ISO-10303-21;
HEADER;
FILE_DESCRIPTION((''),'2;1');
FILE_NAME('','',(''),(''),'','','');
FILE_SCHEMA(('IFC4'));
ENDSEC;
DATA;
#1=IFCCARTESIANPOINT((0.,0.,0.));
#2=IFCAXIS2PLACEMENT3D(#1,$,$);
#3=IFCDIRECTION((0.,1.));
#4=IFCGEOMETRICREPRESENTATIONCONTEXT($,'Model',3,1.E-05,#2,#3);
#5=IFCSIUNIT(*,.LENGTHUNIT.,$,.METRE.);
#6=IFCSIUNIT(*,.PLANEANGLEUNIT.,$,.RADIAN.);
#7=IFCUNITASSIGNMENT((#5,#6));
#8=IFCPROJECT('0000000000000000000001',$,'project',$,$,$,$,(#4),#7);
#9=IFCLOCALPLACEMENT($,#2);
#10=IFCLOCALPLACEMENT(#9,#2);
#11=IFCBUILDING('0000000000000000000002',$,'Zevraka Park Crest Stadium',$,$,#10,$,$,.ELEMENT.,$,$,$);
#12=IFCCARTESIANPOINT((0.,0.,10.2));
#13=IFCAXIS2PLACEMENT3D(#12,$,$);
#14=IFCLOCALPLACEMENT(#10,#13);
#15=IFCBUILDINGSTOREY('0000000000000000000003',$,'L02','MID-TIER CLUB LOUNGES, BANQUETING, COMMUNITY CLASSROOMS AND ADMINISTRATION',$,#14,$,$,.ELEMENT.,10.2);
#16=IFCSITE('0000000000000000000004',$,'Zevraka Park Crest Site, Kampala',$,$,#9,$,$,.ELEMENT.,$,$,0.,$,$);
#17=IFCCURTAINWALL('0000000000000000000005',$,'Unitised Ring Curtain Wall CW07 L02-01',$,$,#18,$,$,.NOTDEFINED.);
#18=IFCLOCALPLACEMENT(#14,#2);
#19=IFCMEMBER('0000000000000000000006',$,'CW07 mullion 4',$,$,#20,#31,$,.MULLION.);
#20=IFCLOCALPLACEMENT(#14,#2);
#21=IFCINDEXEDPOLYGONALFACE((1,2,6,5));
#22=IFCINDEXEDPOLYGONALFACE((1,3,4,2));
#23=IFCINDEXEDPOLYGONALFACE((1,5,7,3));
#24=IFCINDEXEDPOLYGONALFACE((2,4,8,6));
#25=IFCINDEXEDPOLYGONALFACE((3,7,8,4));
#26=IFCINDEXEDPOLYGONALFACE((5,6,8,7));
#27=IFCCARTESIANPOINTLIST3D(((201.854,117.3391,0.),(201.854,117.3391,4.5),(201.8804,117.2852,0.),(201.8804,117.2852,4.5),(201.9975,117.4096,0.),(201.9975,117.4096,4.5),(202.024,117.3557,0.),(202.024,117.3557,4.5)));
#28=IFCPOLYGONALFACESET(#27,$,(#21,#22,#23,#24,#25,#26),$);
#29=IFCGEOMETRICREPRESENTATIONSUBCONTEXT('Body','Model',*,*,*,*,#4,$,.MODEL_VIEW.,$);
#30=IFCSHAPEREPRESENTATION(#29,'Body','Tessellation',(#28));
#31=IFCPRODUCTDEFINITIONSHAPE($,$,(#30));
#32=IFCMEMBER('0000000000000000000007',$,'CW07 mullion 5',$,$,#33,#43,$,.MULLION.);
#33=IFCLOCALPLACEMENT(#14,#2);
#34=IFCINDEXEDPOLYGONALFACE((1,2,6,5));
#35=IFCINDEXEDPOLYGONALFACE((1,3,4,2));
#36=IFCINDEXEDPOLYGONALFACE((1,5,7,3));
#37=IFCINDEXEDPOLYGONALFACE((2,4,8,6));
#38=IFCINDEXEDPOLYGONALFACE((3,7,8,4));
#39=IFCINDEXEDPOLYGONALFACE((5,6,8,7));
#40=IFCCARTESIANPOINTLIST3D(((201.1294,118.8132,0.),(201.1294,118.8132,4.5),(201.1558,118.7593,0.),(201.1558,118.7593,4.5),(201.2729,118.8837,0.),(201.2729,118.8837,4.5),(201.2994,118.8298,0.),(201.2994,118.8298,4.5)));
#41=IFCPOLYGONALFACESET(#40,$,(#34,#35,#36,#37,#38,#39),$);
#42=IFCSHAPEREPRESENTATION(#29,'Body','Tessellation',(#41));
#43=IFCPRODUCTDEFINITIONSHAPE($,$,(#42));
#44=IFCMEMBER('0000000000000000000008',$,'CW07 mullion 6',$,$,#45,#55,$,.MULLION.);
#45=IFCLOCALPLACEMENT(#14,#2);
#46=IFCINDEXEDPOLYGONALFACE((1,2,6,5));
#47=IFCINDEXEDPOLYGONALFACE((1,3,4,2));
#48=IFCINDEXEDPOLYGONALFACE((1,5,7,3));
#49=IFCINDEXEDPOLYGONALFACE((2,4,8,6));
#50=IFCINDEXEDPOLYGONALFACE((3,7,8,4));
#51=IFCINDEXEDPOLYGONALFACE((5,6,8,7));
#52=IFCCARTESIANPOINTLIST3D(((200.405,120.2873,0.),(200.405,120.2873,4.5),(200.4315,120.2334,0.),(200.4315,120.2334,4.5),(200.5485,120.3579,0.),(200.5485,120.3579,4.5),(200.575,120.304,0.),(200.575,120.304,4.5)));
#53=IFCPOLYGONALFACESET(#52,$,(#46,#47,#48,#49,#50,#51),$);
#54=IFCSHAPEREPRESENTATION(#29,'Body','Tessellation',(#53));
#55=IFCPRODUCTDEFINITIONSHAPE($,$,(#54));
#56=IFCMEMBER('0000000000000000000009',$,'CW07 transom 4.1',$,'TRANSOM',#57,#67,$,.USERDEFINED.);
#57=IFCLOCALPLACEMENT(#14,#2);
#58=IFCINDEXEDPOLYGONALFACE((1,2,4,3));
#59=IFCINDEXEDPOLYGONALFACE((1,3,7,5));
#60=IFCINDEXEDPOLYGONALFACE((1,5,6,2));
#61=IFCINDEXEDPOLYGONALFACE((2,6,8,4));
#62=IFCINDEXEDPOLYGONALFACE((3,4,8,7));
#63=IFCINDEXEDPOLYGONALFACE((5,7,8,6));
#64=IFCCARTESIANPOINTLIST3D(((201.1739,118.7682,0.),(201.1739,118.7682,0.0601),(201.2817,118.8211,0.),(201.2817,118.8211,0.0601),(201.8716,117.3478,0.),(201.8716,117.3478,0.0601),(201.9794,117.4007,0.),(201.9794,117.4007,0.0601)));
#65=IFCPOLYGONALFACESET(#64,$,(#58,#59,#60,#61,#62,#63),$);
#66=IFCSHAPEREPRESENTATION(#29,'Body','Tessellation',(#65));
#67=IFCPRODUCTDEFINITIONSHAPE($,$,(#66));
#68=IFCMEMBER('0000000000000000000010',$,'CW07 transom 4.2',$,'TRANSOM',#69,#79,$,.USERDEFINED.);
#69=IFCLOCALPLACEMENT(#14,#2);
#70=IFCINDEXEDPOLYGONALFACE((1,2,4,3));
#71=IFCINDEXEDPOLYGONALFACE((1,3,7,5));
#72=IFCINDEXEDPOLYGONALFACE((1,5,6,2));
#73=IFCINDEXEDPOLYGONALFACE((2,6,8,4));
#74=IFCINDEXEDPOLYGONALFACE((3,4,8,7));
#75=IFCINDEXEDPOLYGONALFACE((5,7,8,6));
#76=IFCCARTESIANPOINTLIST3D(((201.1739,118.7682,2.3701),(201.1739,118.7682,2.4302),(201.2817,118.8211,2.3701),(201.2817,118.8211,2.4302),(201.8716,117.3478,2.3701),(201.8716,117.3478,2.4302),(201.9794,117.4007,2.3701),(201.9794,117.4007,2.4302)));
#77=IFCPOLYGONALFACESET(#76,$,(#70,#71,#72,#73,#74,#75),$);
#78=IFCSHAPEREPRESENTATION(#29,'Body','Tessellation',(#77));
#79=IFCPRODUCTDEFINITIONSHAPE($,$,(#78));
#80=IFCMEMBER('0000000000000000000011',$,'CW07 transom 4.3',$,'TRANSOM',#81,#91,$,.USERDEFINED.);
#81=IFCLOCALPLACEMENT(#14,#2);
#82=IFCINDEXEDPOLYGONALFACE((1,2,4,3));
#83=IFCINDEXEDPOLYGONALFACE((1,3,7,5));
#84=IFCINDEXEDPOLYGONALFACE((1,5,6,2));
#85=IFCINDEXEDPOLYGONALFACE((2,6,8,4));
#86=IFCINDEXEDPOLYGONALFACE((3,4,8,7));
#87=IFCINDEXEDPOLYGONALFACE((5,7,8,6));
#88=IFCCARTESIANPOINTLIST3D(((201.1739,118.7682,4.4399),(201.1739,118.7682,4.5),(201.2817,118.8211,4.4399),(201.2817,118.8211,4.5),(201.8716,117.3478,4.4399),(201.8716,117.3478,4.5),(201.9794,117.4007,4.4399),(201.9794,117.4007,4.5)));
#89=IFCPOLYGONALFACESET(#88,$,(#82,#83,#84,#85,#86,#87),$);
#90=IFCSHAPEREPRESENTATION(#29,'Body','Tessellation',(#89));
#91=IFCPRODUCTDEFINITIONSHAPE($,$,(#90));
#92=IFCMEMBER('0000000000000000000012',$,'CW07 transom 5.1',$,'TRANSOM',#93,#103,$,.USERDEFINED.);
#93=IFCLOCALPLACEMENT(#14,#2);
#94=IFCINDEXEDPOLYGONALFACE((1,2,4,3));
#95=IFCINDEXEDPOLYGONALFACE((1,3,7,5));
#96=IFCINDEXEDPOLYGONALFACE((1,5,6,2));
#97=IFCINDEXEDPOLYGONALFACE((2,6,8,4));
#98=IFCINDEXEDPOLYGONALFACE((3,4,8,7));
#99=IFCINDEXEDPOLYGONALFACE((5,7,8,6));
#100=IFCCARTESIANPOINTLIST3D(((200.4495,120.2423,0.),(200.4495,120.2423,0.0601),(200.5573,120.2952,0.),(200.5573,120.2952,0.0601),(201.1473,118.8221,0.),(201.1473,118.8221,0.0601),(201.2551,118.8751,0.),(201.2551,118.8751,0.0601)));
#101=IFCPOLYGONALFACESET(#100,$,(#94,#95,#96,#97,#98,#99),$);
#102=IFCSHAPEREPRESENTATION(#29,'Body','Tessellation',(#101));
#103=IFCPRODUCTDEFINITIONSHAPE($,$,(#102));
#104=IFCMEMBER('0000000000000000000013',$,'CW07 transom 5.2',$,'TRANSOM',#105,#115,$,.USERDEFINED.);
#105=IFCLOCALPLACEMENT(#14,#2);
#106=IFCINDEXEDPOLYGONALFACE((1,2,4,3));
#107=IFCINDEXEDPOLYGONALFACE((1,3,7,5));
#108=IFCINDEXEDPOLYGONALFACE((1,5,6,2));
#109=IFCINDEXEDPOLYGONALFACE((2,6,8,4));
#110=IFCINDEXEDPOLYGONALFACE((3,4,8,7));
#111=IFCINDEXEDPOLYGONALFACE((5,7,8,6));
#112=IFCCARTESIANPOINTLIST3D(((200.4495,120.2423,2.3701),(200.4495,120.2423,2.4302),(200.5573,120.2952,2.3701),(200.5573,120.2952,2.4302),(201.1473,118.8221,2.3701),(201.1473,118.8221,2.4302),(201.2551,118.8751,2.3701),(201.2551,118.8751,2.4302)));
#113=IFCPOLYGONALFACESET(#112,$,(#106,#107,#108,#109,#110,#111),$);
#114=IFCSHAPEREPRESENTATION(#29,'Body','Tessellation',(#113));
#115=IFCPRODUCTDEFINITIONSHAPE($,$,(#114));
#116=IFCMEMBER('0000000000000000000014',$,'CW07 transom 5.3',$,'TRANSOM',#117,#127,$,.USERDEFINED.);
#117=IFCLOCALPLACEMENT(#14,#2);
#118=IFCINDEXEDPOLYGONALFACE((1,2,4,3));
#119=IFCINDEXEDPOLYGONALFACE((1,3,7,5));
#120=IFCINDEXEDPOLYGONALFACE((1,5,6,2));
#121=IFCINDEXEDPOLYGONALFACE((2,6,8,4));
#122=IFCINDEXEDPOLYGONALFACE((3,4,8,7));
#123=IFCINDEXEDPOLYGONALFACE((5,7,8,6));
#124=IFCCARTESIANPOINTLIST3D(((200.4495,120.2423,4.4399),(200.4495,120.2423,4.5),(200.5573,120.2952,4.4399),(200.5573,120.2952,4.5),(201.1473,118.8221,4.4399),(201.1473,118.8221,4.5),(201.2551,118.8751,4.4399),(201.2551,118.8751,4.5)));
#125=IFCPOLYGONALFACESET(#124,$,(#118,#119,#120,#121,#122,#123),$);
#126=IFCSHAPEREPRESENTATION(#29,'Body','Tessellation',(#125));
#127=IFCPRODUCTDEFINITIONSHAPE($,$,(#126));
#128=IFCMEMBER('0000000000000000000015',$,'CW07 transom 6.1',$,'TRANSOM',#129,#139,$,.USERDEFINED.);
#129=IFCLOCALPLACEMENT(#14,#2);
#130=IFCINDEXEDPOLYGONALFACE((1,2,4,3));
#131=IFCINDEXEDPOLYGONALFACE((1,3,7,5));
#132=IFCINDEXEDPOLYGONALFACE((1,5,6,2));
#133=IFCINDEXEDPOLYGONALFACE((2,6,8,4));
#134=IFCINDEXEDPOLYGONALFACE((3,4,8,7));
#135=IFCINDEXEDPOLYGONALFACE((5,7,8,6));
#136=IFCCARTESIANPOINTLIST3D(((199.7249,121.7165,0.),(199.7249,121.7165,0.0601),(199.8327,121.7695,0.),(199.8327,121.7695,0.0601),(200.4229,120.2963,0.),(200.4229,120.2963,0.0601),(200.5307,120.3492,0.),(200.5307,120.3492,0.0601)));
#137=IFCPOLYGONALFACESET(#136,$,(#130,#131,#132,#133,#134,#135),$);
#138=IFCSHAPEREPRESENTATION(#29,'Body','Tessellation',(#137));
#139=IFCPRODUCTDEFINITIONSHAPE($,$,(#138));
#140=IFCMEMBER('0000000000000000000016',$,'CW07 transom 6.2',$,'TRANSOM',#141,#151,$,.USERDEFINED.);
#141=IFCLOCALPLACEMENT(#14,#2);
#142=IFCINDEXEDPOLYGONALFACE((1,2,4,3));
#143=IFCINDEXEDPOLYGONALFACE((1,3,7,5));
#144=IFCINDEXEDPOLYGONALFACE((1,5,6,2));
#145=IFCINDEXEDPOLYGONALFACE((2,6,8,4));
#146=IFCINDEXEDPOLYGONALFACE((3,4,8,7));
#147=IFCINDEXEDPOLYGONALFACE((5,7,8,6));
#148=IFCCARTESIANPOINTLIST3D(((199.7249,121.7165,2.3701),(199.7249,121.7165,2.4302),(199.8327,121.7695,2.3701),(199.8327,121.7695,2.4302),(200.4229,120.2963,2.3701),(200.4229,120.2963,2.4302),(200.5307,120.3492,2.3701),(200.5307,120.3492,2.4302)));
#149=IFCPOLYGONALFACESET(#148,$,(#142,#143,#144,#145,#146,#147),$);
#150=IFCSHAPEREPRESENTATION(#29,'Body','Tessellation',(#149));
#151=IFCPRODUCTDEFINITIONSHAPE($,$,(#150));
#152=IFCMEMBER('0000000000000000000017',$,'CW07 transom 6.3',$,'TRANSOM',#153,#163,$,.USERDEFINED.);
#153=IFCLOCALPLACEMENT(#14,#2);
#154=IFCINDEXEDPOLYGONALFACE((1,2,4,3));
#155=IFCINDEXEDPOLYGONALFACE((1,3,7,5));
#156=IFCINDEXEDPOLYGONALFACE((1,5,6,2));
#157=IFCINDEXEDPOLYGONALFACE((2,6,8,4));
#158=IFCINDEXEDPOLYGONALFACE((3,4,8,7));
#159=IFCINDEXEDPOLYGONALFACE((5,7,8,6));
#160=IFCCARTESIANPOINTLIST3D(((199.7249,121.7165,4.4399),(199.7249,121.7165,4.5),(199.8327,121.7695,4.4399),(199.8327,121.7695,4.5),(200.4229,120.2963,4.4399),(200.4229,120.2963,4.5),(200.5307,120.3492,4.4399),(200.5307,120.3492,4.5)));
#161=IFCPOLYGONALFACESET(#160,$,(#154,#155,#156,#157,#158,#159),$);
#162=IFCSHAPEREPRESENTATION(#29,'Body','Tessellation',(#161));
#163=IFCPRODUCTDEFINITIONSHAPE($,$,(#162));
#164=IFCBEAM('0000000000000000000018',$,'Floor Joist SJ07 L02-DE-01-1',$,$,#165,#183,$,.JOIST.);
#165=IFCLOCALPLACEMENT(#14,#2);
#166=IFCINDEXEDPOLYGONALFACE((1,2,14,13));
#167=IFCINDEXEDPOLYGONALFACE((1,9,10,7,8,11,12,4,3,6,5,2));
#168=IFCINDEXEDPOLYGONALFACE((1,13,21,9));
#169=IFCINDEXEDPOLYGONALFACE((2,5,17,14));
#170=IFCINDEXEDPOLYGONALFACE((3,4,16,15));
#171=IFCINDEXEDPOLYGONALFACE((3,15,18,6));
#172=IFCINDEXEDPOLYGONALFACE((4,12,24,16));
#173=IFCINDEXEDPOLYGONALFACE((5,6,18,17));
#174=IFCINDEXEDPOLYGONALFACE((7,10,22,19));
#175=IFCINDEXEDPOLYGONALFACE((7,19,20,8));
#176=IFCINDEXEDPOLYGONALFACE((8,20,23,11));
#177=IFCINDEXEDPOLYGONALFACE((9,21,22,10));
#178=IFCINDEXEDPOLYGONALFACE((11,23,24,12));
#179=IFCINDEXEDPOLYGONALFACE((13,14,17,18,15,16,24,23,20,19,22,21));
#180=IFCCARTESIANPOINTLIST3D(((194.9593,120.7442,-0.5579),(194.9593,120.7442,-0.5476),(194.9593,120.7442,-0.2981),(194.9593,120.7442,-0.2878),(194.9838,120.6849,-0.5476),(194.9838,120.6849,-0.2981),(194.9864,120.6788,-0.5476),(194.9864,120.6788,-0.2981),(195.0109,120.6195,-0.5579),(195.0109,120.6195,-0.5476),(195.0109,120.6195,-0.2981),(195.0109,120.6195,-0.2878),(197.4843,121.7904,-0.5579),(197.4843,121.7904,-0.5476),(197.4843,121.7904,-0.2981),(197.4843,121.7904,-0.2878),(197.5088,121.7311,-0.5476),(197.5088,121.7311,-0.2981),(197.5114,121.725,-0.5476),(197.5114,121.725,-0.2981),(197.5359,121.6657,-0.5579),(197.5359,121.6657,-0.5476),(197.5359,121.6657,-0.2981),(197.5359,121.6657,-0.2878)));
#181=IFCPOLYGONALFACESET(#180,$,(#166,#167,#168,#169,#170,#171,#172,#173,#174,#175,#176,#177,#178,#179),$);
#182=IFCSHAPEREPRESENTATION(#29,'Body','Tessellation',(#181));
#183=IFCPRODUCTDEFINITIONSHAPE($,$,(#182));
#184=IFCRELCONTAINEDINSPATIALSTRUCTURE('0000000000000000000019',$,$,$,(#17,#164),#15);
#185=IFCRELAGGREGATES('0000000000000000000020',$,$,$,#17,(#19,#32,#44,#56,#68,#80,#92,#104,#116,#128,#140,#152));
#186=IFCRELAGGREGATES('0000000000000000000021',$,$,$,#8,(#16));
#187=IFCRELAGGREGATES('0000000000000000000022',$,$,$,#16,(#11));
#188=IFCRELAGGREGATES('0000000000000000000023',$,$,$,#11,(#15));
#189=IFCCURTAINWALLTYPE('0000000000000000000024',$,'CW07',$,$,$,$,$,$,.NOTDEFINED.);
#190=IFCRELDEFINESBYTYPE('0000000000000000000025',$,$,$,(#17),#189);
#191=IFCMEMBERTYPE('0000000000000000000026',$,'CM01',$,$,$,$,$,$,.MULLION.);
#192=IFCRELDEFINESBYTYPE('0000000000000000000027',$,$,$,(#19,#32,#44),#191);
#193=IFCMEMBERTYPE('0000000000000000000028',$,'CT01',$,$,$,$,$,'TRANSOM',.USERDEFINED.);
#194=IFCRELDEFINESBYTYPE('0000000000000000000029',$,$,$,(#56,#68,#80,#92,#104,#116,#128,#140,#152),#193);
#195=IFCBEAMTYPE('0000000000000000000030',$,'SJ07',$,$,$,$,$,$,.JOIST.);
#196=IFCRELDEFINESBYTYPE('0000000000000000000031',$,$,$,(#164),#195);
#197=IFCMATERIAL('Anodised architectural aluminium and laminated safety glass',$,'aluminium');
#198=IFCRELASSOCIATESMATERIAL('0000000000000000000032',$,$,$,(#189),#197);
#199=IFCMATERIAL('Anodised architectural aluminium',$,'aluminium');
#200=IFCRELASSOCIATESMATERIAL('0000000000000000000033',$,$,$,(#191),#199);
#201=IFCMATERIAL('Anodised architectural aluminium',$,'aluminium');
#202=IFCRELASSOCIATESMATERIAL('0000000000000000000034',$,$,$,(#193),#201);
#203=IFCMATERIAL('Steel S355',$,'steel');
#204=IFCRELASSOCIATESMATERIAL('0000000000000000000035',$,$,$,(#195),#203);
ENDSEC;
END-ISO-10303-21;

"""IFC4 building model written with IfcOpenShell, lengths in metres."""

from ifc_helpers import new_model, si_unit, direction, frame, origin, origin_2d, place, context, subcontext, project, spatial, rectangle, i_section, extrude, material, material_profile, profile_set, type_object, element, aggregate, save


model = new_model("IFC4")

# Units and contexts
model_context = context("Model", 3, precision=1e-05, world=origin(), true_north=direction((0.0, 1.0)))
body_context = subcontext(model_context, "Body", "Model", "MODEL_VIEW")
ifc_project = project(units=[si_unit("LENGTHUNIT", "METRE"), si_unit("PLANEANGLEUNIT", "RADIAN")], contexts=[model_context])

# Site, building, storey
site_placement = place(None, origin())
site = spatial("IfcSite", under=ifc_project, at=site_placement, Name="Zevraka Park Crest Site, Kampala", CompositionType="ELEMENT", RefElevation=0.0)
building_placement = place(site_placement, origin())
building = spatial("IfcBuilding", under=site, at=building_placement, Name="Zevraka Park Crest Stadium", CompositionType="ELEMENT")
storey_placement = place(building_placement, frame((0.0, 0.0, 10.2)))
storey = spatial("IfcBuildingStorey", under=building, at=storey_placement, Name="L02", Description="MID-TIER CLUB LOUNGES, BANQUETING, COMMUNITY CLASSROOMS AND ADMINISTRATION", CompositionType="ELEMENT", Elevation=10.2)

# Curtain wall, members
ifc_material_1 = material(Name="Anodised architectural aluminium and laminated safety glass", Category="aluminium")
curtain_wall_type = type_object("IfcCurtainWallType", Name="CW07", PredefinedType="NOTDEFINED", material=ifc_material_1)
curtain_wall_placement = place(storey_placement, origin())
curtain_wall = element("IfcCurtainWall", 1, at=curtain_wall_placement, inside=storey, type_object=curtain_wall_type, Name="Unitised Ring Curtain Wall CW07 L02-01", PredefinedType="NOTDEFINED")
ifc_material_2 = material(Name="Anodised architectural aluminium", Category="aluminium")
ifc_material_profile_1 = material_profile(ifc_material_2, rectangle(XDim=0.1599, YDim=0.0601, at=origin_2d()), Name="ALU MULLION 160x60")
ifc_profile_set_1 = profile_set([ifc_material_profile_1], Name="Anodised architectural aluminium")
member_type_1 = type_object("IfcMemberType", Name="CM01", PredefinedType="MULLION", material=ifc_profile_set_1)
member_1_placement = place(storey_placement, frame((201.939, 117.3474, 0.0), z_axis=(0.0, 0.0, 1.0), x_axis=(-0.897497, -0.441021, 0.0)))
member_1 = element("IfcMember", 2, at=member_1_placement, type_object=member_type_1, Name="CW07 mullion 4", PredefinedType="MULLION", context=body_context, shape_type="SweptSolid", body=[
    extrude(rectangle(XDim=0.1599, YDim=0.0601, at=origin_2d()), origin(), (0.0, 0.0, 1.0), 4.5),
])
member_2_placement = place(storey_placement, frame((201.2144, 118.8215, 0.0), z_axis=(0.0, 0.0, 1.0), x_axis=(-0.897497, -0.441021, 0.0)))
member_2 = element("IfcMember", 3, at=member_2_placement, type_object=member_type_1, Name="CW07 mullion 5", PredefinedType="MULLION", context=body_context, shape_type="SweptSolid", body=[
    extrude(rectangle(XDim=0.1599, YDim=0.0601, at=origin_2d()), origin(), (0.0, 0.0, 1.0), 4.5),
])
member_3_placement = place(storey_placement, frame((200.49, 120.2957, 0.0), z_axis=(0.0, 0.0, 1.0), x_axis=(-0.897497, -0.441021, 0.0)))
member_3 = element("IfcMember", 4, at=member_3_placement, type_object=member_type_1, Name="CW07 mullion 6", PredefinedType="MULLION", context=body_context, shape_type="SweptSolid", body=[
    extrude(rectangle(XDim=0.1599, YDim=0.0601, at=origin_2d()), origin(), (0.0, 0.0, 1.0), 4.5),
])
ifc_material_3 = material(Name="Anodised architectural aluminium", Category="aluminium")
ifc_material_profile_2 = material_profile(ifc_material_3, rectangle(XDim=0.1201, YDim=0.0601, at=origin_2d()), Name="ALU TRANSOM 120x60")
ifc_profile_set_2 = profile_set([ifc_material_profile_2], Name="Anodised architectural aluminium")
member_type_2 = type_object("IfcMemberType", Name="CT01", ElementType="TRANSOM", PredefinedType="USERDEFINED", material=ifc_profile_set_2)
member_4_placement = place(storey_placement, frame((201.9255, 117.3743, 0.03), z_axis=(-0.440908, 0.897552, 0.0), x_axis=(-0.897552, -0.440908, 0.0)))
member_4 = element("IfcMember", 5, at=member_4_placement, type_object=member_type_2, Name="CW07 transom 4.1", ObjectType="TRANSOM", PredefinedType="USERDEFINED", context=body_context, shape_type="SweptSolid", body=[
    extrude(rectangle(XDim=0.1201, YDim=0.0601, at=origin_2d()), origin(), (0.0, 0.0, 1.0), 1.5825),
])
member_5_placement = place(storey_placement, frame((201.9255, 117.3743, 2.4001), z_axis=(-0.440908, 0.897552, 0.0), x_axis=(-0.897552, -0.440908, 0.0)))
member_5 = element("IfcMember", 6, at=member_5_placement, type_object=member_type_2, Name="CW07 transom 4.2", ObjectType="TRANSOM", PredefinedType="USERDEFINED", context=body_context, shape_type="SweptSolid", body=[
    extrude(rectangle(XDim=0.1201, YDim=0.0601, at=origin_2d()), origin(), (0.0, 0.0, 1.0), 1.5825),
])
member_6_placement = place(storey_placement, frame((201.9255, 117.3743, 4.47), z_axis=(-0.440908, 0.897552, 0.0), x_axis=(-0.897552, -0.440908, 0.0)))
member_6 = element("IfcMember", 7, at=member_6_placement, type_object=member_type_2, Name="CW07 transom 4.3", ObjectType="TRANSOM", PredefinedType="USERDEFINED", context=body_context, shape_type="SweptSolid", body=[
    extrude(rectangle(XDim=0.1201, YDim=0.0601, at=origin_2d()), origin(), (0.0, 0.0, 1.0), 1.5825),
])
member_7_placement = place(storey_placement, frame((201.2012, 118.8486, 0.03), z_axis=(-0.440969, 0.897522, 0.0), x_axis=(-0.897522, -0.440969, 0.0)))
member_7 = element("IfcMember", 8, at=member_7_placement, type_object=member_type_2, Name="CW07 transom 5.1", ObjectType="TRANSOM", PredefinedType="USERDEFINED", context=body_context, shape_type="SweptSolid", body=[
    extrude(rectangle(XDim=0.1201, YDim=0.0601, at=origin_2d()), origin(), (0.0, 0.0, 1.0), 1.5823),
])
member_8_placement = place(storey_placement, frame((201.2012, 118.8486, 2.4001), z_axis=(-0.440969, 0.897522, 0.0), x_axis=(-0.897522, -0.440969, 0.0)))
member_8 = element("IfcMember", 9, at=member_8_placement, type_object=member_type_2, Name="CW07 transom 5.2", ObjectType="TRANSOM", PredefinedType="USERDEFINED", context=body_context, shape_type="SweptSolid", body=[
    extrude(rectangle(XDim=0.1201, YDim=0.0601, at=origin_2d()), origin(), (0.0, 0.0, 1.0), 1.5823),
])
member_9_placement = place(storey_placement, frame((201.2012, 118.8486, 4.47), z_axis=(-0.440969, 0.897522, 0.0), x_axis=(-0.897522, -0.440969, 0.0)))
member_9 = element("IfcMember", 10, at=member_9_placement, type_object=member_type_2, Name="CW07 transom 5.3", ObjectType="TRANSOM", PredefinedType="USERDEFINED", context=body_context, shape_type="SweptSolid", body=[
    extrude(rectangle(XDim=0.1201, YDim=0.0601, at=origin_2d()), origin(), (0.0, 0.0, 1.0), 1.5823),
])
member_10_placement = place(storey_placement, frame((200.4768, 120.3228, 0.03), z_axis=(-0.441094, 0.897461, 0.0), x_axis=(-0.897461, -0.441094, 0.0)))
member_10 = element("IfcMember", 11, at=member_10_placement, type_object=member_type_2, Name="CW07 transom 6.1", ObjectType="TRANSOM", PredefinedType="USERDEFINED", context=body_context, shape_type="SweptSolid", body=[
    extrude(rectangle(XDim=0.1201, YDim=0.0601, at=origin_2d()), origin(), (0.0, 0.0, 1.0), 1.5825),
])
member_11_placement = place(storey_placement, frame((200.4768, 120.3228, 2.4001), z_axis=(-0.441094, 0.897461, 0.0), x_axis=(-0.897461, -0.441094, 0.0)))
member_11 = element("IfcMember", 12, at=member_11_placement, type_object=member_type_2, Name="CW07 transom 6.2", ObjectType="TRANSOM", PredefinedType="USERDEFINED", context=body_context, shape_type="SweptSolid", body=[
    extrude(rectangle(XDim=0.1201, YDim=0.0601, at=origin_2d()), origin(), (0.0, 0.0, 1.0), 1.5825),
])
member_12_placement = place(storey_placement, frame((200.4768, 120.3228, 4.47), z_axis=(-0.441094, 0.897461, 0.0), x_axis=(-0.897461, -0.441094, 0.0)))
member_12 = element("IfcMember", 13, at=member_12_placement, type_object=member_type_2, Name="CW07 transom 6.3", ObjectType="TRANSOM", PredefinedType="USERDEFINED", context=body_context, shape_type="SweptSolid", body=[
    extrude(rectangle(XDim=0.1201, YDim=0.0601, at=origin_2d()), origin(), (0.0, 0.0, 1.0), 1.5825),
])

# Beam
ifc_material_4 = material(Name="Steel S355", Category="steel")
ifc_material_profile_3 = material_profile(ifc_material_4, i_section(OverallWidth=0.135, OverallDepth=0.27, WebThickness=0.0066, FlangeThickness=0.0103, at=origin_2d()), Name="IPE 270")
ifc_profile_set_3 = profile_set([ifc_material_profile_3], Name="Steel S355")
beam_type = type_object("IfcBeamType", Name="SJ07", PredefinedType="JOIST", material=ifc_profile_set_3)
beam_placement = place(storey_placement, frame((194.9851, 120.6819, -0.4229), z_axis=(0.923842, 0.382775, 0.0), x_axis=(-0.382775, 0.923842, 0.0)))
element("IfcBeam", 14, at=beam_placement, inside=storey, type_object=beam_type, Name="Floor Joist SJ07 L02-DE-01-1", PredefinedType="JOIST", context=body_context, shape_type="SweptSolid", body=[
    extrude(i_section(OverallWidth=0.135, OverallDepth=0.27, WebThickness=0.0066, FlangeThickness=0.0103, at=origin_2d()), origin(), (0.0, 0.0, 1.0), 2.7332),
])

aggregate(curtain_wall, [member_1, member_2, member_3, member_4, member_5, member_6, member_7, member_8, member_9, member_10, member_11, member_12])

save(model, "model.ifc")
